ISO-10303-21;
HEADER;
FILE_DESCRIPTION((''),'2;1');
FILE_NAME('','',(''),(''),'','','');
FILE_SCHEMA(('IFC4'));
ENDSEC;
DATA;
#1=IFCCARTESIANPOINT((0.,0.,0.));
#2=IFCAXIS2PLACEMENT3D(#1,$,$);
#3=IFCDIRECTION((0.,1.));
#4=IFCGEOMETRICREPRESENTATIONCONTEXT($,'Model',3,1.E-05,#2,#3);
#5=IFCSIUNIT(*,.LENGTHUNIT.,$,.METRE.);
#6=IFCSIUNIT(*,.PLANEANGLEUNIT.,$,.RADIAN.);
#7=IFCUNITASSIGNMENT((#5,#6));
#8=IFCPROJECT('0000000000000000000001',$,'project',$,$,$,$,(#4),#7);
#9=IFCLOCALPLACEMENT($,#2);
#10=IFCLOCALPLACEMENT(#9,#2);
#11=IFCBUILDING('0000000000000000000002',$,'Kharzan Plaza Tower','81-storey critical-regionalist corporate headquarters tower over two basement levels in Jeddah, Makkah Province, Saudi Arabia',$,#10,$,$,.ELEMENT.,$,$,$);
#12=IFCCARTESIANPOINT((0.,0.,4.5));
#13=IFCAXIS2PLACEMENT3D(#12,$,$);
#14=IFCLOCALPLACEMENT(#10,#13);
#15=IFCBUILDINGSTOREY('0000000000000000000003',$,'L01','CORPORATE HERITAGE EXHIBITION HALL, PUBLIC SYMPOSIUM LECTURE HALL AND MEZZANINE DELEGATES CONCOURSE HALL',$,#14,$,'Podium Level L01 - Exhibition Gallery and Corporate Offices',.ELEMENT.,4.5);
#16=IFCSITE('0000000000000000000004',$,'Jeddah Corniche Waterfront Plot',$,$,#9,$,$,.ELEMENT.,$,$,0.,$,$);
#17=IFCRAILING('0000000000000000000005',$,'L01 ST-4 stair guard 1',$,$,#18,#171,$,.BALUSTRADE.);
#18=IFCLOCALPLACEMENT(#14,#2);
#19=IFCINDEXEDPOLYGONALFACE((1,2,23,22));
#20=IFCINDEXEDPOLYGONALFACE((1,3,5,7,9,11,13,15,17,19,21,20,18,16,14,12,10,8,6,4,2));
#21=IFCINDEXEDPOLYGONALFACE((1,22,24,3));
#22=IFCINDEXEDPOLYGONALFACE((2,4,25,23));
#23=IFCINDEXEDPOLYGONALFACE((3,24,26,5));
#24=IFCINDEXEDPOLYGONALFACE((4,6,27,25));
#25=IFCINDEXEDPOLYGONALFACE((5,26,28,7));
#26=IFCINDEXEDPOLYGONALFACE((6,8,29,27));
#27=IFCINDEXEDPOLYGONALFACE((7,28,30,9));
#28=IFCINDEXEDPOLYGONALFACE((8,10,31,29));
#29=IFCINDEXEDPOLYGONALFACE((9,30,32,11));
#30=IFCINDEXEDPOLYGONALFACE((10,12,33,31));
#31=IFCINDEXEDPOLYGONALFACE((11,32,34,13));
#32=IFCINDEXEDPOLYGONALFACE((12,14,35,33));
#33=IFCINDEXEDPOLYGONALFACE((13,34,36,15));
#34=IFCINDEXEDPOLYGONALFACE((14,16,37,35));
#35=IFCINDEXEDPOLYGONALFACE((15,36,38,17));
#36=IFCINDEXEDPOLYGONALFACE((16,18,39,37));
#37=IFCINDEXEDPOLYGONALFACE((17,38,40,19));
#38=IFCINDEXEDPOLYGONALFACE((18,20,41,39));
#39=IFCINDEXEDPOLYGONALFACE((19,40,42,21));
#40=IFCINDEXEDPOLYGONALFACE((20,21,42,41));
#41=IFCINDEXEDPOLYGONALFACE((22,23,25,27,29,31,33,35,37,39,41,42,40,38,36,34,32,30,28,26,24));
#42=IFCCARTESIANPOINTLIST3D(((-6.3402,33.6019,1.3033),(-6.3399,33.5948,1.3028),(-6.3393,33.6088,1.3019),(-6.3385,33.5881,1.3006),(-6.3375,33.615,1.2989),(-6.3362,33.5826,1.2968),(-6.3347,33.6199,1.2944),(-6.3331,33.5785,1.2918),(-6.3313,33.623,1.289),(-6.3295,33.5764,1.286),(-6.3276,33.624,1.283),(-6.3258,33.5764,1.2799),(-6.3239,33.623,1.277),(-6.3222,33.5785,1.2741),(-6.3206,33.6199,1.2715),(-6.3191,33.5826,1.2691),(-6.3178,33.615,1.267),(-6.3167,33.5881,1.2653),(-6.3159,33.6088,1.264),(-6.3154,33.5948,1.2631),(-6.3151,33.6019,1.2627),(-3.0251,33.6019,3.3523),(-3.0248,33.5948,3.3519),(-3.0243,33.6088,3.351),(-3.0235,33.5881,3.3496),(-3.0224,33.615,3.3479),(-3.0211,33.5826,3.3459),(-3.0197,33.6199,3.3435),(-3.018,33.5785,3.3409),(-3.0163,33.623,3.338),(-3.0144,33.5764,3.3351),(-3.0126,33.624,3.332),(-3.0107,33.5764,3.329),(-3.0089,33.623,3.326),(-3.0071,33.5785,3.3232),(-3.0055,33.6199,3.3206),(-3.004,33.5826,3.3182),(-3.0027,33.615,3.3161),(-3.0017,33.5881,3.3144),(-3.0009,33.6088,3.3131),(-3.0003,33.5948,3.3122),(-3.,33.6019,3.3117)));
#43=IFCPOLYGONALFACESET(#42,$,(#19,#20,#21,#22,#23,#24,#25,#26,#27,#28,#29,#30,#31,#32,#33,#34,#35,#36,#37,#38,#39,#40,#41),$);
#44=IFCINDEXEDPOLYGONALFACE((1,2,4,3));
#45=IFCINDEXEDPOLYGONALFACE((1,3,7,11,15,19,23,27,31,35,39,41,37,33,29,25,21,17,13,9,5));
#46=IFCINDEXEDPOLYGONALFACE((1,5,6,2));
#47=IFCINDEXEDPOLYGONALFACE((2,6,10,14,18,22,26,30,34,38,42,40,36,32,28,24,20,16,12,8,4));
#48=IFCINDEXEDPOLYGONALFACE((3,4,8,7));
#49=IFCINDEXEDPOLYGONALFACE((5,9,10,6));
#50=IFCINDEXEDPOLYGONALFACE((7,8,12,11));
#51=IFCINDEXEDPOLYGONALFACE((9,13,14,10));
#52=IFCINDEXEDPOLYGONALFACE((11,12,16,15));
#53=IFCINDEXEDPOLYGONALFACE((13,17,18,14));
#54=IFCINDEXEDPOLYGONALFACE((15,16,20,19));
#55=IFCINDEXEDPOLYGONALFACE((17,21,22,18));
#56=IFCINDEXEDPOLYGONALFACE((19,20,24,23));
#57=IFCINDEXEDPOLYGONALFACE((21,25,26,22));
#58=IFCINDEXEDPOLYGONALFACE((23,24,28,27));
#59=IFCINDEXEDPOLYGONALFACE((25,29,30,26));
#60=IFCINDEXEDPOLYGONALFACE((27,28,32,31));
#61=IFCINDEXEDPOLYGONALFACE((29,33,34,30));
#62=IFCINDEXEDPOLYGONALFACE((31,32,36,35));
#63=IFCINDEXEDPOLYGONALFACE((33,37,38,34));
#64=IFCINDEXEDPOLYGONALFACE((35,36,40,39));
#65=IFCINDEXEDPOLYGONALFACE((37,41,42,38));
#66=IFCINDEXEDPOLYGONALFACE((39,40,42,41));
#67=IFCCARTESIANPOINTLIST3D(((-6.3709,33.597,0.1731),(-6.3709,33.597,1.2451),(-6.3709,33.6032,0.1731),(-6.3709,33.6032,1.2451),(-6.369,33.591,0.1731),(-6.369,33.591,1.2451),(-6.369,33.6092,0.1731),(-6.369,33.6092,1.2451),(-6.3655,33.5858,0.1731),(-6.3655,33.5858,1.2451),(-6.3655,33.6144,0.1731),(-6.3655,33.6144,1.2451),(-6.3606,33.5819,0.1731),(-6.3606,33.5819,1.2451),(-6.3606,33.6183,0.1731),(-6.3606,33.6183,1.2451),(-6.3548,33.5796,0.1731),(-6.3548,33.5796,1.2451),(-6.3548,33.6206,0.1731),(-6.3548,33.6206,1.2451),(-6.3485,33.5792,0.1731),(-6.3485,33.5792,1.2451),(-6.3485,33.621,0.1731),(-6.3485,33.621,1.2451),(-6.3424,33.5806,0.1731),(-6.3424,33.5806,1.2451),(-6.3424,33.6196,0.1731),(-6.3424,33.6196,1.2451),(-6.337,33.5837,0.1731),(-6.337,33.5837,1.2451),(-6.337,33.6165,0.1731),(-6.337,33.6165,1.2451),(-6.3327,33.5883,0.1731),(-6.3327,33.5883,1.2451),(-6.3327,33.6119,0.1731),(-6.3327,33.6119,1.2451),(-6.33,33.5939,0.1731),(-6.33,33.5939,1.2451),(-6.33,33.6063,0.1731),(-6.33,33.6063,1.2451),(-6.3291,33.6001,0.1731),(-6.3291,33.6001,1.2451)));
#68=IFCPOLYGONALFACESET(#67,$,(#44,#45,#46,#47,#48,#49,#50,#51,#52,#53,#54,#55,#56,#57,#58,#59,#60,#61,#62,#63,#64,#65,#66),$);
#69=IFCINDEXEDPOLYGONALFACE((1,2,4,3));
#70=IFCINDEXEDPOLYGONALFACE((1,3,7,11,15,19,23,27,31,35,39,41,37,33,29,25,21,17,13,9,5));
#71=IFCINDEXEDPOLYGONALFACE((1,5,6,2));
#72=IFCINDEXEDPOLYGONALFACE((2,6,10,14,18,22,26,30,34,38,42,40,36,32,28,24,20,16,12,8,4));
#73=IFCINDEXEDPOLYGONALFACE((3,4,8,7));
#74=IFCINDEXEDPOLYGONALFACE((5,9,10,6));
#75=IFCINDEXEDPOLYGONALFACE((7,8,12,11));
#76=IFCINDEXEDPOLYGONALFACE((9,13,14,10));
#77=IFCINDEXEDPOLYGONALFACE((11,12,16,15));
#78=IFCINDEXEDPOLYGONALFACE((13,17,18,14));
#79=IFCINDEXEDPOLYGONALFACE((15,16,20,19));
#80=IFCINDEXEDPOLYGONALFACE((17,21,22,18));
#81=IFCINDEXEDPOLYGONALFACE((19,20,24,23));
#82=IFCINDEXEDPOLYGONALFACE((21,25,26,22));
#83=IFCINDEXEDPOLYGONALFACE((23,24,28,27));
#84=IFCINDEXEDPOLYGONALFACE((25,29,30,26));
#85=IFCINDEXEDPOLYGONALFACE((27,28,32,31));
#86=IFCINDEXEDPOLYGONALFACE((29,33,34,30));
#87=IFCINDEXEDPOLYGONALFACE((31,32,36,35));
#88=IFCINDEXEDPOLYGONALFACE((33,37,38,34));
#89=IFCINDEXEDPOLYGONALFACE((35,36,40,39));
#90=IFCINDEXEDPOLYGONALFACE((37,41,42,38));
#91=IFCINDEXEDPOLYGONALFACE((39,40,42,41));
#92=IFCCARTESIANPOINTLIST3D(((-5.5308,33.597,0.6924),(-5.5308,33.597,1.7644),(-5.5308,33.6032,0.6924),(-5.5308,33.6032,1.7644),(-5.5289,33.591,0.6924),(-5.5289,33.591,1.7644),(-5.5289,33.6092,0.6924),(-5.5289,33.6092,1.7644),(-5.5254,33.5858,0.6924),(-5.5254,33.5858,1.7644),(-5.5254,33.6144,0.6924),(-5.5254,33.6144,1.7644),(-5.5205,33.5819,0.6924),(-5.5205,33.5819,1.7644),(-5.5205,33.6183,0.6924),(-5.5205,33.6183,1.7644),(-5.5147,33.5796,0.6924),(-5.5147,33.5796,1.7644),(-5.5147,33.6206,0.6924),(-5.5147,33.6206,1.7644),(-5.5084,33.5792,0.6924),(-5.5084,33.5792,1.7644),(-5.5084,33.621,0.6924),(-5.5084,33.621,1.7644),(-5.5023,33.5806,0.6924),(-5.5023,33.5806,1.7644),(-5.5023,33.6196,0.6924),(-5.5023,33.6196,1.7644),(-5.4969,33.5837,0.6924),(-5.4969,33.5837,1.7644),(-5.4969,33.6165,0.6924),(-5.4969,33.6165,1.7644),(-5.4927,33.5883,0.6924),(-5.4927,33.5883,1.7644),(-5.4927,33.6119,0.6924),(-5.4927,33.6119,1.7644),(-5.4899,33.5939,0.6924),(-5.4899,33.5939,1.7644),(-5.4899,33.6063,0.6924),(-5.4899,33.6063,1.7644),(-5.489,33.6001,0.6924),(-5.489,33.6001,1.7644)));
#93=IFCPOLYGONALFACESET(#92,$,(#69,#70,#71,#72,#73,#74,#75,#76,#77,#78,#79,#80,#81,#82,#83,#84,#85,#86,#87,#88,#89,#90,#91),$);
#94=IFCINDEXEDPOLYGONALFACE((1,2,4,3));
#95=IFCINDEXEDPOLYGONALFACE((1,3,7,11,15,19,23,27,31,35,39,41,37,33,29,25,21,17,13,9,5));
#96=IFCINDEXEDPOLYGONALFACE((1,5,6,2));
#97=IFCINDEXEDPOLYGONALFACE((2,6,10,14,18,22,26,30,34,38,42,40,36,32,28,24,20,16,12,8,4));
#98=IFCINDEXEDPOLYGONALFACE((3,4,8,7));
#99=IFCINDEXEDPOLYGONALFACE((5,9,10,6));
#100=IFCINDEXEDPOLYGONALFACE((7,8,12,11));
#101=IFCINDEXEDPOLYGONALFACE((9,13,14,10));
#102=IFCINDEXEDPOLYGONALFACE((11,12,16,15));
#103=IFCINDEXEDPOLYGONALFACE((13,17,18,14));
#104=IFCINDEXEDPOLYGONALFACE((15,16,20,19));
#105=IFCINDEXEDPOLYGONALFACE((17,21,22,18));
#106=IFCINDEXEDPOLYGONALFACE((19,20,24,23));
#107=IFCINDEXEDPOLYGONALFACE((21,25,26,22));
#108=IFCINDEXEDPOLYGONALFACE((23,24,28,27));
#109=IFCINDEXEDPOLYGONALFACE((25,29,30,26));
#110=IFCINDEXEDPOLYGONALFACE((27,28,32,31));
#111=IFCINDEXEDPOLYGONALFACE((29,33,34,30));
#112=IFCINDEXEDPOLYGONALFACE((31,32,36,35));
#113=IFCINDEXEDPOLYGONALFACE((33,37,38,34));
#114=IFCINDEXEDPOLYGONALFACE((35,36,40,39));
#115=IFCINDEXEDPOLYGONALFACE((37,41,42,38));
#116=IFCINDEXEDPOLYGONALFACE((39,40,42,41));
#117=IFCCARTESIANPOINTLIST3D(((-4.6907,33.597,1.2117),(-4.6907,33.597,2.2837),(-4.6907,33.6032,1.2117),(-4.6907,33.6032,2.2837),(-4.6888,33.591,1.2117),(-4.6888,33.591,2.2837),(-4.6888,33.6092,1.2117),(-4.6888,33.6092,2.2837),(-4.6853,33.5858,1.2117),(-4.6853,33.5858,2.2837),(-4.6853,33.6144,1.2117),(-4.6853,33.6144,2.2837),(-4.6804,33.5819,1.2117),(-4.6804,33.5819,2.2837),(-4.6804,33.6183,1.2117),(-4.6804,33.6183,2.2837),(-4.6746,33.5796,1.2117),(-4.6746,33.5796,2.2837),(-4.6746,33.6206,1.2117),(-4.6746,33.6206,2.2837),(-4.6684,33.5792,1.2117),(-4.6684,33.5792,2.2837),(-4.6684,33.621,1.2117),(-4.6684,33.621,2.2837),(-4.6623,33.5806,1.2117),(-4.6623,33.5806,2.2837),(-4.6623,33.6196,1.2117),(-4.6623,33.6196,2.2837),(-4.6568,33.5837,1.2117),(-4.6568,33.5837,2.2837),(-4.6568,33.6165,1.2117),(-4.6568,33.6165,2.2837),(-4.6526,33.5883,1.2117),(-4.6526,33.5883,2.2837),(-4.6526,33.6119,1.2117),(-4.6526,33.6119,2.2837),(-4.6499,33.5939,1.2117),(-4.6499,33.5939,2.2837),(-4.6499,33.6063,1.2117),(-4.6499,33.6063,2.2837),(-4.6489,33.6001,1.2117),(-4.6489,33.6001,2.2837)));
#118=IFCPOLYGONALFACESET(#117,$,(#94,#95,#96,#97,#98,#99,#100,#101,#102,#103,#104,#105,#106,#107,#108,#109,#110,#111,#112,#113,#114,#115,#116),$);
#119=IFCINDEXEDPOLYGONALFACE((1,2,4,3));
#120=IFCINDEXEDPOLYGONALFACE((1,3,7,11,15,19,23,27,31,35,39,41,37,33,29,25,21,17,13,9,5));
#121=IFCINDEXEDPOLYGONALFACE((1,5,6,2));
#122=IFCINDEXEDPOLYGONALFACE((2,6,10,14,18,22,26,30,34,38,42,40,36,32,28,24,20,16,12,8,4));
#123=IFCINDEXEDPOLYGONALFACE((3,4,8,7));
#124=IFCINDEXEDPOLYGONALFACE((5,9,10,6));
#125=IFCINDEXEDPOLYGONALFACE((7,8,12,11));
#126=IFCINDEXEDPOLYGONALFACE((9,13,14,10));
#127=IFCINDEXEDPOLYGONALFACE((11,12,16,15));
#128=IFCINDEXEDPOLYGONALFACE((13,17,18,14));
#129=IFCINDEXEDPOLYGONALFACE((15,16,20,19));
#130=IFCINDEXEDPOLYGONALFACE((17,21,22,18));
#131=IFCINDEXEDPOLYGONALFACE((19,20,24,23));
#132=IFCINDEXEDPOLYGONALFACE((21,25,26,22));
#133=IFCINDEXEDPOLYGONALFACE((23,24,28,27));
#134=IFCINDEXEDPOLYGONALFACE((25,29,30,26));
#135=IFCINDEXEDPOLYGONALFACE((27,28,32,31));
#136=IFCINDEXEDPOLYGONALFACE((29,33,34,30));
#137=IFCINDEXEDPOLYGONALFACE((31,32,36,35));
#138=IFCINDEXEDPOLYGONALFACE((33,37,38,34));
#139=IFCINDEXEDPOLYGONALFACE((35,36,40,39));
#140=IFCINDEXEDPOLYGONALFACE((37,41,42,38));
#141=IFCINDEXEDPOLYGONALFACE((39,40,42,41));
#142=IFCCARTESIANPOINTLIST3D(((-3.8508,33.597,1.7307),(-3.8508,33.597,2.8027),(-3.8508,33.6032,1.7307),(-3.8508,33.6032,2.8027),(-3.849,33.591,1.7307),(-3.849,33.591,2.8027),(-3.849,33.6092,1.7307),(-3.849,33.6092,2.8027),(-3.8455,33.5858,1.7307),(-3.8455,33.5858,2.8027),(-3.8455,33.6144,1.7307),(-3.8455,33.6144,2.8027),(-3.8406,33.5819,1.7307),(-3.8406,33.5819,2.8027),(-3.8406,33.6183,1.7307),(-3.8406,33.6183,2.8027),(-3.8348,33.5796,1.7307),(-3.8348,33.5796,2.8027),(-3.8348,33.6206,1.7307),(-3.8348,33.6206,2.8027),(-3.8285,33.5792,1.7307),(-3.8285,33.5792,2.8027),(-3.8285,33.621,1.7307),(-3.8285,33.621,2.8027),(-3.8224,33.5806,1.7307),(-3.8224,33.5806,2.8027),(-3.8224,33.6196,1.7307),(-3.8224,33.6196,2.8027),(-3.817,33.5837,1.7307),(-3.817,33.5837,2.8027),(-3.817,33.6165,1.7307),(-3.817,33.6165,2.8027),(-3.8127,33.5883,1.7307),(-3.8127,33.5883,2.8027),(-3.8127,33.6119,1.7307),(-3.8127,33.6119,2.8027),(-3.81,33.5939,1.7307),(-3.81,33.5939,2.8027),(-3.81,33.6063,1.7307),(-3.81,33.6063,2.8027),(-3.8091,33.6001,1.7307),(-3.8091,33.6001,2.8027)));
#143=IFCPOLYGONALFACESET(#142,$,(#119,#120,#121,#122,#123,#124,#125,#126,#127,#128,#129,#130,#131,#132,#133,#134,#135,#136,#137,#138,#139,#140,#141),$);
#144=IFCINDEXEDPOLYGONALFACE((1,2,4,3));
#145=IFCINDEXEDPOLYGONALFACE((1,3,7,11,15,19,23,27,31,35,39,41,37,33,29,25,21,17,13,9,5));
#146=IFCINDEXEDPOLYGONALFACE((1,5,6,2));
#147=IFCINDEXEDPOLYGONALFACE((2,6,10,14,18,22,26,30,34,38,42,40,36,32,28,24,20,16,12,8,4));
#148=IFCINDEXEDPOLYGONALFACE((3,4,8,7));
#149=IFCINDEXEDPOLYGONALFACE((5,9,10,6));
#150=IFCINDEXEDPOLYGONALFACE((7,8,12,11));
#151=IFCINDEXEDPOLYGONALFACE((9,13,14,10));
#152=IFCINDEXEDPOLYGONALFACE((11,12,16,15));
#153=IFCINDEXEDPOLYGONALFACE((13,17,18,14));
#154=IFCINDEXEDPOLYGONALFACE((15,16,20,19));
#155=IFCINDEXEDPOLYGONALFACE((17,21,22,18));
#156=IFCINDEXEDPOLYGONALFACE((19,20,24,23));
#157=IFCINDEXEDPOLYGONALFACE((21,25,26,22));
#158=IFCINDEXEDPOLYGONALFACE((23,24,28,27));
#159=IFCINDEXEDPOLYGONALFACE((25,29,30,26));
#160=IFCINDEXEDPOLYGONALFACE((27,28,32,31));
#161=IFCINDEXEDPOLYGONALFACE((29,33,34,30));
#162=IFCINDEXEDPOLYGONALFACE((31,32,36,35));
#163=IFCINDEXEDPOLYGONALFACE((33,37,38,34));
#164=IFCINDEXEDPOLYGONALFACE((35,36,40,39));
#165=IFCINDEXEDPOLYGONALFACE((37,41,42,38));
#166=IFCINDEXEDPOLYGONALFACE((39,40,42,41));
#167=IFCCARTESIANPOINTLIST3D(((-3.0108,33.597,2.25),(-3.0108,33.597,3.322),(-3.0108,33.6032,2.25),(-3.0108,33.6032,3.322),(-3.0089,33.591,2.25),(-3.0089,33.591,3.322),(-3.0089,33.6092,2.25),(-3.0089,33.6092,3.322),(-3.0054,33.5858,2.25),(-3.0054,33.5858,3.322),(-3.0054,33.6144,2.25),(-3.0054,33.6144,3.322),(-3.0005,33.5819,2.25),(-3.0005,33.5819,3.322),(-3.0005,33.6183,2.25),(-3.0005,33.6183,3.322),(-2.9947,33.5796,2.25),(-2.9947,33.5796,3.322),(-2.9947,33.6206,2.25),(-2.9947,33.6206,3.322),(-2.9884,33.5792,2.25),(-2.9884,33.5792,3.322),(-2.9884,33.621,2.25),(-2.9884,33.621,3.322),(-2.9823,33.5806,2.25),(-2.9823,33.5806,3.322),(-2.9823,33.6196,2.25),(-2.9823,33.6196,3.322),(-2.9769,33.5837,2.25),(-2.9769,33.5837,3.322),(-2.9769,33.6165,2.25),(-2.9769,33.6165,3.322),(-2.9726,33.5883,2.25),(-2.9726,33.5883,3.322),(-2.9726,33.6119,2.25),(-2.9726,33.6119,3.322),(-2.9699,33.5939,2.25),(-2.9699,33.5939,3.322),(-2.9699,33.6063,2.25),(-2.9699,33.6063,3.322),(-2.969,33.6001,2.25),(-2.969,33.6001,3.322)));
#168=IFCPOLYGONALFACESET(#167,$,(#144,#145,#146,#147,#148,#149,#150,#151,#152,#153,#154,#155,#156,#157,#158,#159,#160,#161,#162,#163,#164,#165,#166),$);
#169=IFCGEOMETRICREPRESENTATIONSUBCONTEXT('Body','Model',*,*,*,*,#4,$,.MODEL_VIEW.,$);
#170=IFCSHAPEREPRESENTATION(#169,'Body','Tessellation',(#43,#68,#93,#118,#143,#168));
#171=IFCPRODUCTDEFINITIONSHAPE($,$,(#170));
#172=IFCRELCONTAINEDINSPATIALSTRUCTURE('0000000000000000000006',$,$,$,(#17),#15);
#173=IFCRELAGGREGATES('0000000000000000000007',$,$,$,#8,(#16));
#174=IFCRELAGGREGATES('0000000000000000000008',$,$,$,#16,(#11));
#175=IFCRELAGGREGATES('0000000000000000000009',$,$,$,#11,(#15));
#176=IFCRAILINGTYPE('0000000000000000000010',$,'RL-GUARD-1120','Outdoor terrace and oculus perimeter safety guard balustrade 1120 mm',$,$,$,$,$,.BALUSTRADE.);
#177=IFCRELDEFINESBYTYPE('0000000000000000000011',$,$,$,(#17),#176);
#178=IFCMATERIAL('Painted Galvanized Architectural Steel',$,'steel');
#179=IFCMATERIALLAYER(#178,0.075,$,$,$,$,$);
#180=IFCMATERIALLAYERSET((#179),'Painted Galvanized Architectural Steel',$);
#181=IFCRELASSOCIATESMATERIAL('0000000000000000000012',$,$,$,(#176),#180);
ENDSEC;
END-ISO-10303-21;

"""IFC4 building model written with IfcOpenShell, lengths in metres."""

from ifc_helpers import new_model, si_unit, direction, frame, origin, origin_2d, place, context, subcontext, project, spatial, circle, extrude, source, transform, mapped, material, layer, layer_set, type_object, element, save


model = new_model("IFC4")

# Units and contexts
model_context = context("Model", 3, precision=1e-05, world=origin(), true_north=direction((0.0, 1.0)))
body_context = subcontext(model_context, "Body", "Model", "MODEL_VIEW")
ifc_project = project(units=[si_unit("LENGTHUNIT", "METRE"), si_unit("PLANEANGLEUNIT", "RADIAN")], contexts=[model_context])

# Site, building, storey
site_placement = place(None, origin())
site = spatial("IfcSite", under=ifc_project, at=site_placement, Name="Jeddah Corniche Waterfront Plot", CompositionType="ELEMENT", RefElevation=0.0)
building_placement = place(site_placement, origin())
building = spatial("IfcBuilding", under=site, at=building_placement, Name="Kharzan Plaza Tower", Description="81-storey critical-regionalist corporate headquarters tower over two basement levels in Jeddah, Makkah Province, Saudi Arabia", CompositionType="ELEMENT")
storey_placement = place(building_placement, frame((0.0, 0.0, 4.5)))
storey = spatial("IfcBuildingStorey", under=building, at=storey_placement, Name="L01", Description="CORPORATE HERITAGE EXHIBITION HALL, PUBLIC SYMPOSIUM LECTURE HALL AND MEZZANINE DELEGATES CONCOURSE HALL", LongName="Podium Level L01 - Exhibition Gallery and Corporate Offices", CompositionType="ELEMENT", Elevation=4.5)

# Railing
ifc_material_1 = material(Name="Painted Galvanized Architectural Steel", Category="steel")
ifc_layer_1 = layer(ifc_material_1, 0.075)
ifc_layer_set_1 = layer_set([ifc_layer_1], Name="Painted Galvanized Architectural Steel")
railing_type_1 = type_object("IfcRailingType", Name="RL-GUARD-1120", Description="Outdoor terrace and oculus perimeter safety guard balustrade 1120 mm", PredefinedType="BALUSTRADE", material=ifc_layer_set_1)
shared_shape_1 = source(origin(), body_context, "Body", "SweptSolid", [
    extrude(circle(Radius=0.0239, at=origin_2d()), frame((0.0225, 0.0, 1.1099), z_axis=(0.850623, 0.0, 0.525776), x_axis=(0.0, 1.0, 0.0)), (0.0, 0.0, 1.0), 3.8972),
    extrude(circle(Radius=0.021, at=origin_2d()), origin(), (0.0, 0.0, 1.0), 1.072),
    extrude(circle(Radius=0.021, at=origin_2d()), frame((0.8401, 0.0, 0.5193)), (0.0, 0.0, 1.0), 1.072),
    extrude(circle(Radius=0.021, at=origin_2d()), frame((1.6802, 0.0, 1.0386)), (0.0, 0.0, 1.0), 1.072),
    extrude(circle(Radius=0.021, at=origin_2d()), frame((2.52, 0.0, 1.5576)), (0.0, 0.0, 1.0), 1.072),
    extrude(circle(Radius=0.021, at=origin_2d()), frame((3.3601, 0.0, 2.0769)), (0.0, 0.0, 1.0), 1.072),
])
railing_1_placement = place(storey_placement, frame((-6.3501, 33.6001, 0.1731)))
element("IfcRailing", 1, at=railing_1_placement, inside=storey, type_object=railing_type_1, Name="L01 ST-4 stair guard 1", PredefinedType="BALUSTRADE", context=body_context, shape_type="MappedRepresentation", body=[
    mapped(shared_shape_1, transform((0.0, 0.0, 0.0), x_axis=(1.0, 0.0, 0.0), y_axis=(0.0, 1.0, 0.0), z_axis=(0.0, 0.0, 1.0))),
])

save(model, "model.ifc")
